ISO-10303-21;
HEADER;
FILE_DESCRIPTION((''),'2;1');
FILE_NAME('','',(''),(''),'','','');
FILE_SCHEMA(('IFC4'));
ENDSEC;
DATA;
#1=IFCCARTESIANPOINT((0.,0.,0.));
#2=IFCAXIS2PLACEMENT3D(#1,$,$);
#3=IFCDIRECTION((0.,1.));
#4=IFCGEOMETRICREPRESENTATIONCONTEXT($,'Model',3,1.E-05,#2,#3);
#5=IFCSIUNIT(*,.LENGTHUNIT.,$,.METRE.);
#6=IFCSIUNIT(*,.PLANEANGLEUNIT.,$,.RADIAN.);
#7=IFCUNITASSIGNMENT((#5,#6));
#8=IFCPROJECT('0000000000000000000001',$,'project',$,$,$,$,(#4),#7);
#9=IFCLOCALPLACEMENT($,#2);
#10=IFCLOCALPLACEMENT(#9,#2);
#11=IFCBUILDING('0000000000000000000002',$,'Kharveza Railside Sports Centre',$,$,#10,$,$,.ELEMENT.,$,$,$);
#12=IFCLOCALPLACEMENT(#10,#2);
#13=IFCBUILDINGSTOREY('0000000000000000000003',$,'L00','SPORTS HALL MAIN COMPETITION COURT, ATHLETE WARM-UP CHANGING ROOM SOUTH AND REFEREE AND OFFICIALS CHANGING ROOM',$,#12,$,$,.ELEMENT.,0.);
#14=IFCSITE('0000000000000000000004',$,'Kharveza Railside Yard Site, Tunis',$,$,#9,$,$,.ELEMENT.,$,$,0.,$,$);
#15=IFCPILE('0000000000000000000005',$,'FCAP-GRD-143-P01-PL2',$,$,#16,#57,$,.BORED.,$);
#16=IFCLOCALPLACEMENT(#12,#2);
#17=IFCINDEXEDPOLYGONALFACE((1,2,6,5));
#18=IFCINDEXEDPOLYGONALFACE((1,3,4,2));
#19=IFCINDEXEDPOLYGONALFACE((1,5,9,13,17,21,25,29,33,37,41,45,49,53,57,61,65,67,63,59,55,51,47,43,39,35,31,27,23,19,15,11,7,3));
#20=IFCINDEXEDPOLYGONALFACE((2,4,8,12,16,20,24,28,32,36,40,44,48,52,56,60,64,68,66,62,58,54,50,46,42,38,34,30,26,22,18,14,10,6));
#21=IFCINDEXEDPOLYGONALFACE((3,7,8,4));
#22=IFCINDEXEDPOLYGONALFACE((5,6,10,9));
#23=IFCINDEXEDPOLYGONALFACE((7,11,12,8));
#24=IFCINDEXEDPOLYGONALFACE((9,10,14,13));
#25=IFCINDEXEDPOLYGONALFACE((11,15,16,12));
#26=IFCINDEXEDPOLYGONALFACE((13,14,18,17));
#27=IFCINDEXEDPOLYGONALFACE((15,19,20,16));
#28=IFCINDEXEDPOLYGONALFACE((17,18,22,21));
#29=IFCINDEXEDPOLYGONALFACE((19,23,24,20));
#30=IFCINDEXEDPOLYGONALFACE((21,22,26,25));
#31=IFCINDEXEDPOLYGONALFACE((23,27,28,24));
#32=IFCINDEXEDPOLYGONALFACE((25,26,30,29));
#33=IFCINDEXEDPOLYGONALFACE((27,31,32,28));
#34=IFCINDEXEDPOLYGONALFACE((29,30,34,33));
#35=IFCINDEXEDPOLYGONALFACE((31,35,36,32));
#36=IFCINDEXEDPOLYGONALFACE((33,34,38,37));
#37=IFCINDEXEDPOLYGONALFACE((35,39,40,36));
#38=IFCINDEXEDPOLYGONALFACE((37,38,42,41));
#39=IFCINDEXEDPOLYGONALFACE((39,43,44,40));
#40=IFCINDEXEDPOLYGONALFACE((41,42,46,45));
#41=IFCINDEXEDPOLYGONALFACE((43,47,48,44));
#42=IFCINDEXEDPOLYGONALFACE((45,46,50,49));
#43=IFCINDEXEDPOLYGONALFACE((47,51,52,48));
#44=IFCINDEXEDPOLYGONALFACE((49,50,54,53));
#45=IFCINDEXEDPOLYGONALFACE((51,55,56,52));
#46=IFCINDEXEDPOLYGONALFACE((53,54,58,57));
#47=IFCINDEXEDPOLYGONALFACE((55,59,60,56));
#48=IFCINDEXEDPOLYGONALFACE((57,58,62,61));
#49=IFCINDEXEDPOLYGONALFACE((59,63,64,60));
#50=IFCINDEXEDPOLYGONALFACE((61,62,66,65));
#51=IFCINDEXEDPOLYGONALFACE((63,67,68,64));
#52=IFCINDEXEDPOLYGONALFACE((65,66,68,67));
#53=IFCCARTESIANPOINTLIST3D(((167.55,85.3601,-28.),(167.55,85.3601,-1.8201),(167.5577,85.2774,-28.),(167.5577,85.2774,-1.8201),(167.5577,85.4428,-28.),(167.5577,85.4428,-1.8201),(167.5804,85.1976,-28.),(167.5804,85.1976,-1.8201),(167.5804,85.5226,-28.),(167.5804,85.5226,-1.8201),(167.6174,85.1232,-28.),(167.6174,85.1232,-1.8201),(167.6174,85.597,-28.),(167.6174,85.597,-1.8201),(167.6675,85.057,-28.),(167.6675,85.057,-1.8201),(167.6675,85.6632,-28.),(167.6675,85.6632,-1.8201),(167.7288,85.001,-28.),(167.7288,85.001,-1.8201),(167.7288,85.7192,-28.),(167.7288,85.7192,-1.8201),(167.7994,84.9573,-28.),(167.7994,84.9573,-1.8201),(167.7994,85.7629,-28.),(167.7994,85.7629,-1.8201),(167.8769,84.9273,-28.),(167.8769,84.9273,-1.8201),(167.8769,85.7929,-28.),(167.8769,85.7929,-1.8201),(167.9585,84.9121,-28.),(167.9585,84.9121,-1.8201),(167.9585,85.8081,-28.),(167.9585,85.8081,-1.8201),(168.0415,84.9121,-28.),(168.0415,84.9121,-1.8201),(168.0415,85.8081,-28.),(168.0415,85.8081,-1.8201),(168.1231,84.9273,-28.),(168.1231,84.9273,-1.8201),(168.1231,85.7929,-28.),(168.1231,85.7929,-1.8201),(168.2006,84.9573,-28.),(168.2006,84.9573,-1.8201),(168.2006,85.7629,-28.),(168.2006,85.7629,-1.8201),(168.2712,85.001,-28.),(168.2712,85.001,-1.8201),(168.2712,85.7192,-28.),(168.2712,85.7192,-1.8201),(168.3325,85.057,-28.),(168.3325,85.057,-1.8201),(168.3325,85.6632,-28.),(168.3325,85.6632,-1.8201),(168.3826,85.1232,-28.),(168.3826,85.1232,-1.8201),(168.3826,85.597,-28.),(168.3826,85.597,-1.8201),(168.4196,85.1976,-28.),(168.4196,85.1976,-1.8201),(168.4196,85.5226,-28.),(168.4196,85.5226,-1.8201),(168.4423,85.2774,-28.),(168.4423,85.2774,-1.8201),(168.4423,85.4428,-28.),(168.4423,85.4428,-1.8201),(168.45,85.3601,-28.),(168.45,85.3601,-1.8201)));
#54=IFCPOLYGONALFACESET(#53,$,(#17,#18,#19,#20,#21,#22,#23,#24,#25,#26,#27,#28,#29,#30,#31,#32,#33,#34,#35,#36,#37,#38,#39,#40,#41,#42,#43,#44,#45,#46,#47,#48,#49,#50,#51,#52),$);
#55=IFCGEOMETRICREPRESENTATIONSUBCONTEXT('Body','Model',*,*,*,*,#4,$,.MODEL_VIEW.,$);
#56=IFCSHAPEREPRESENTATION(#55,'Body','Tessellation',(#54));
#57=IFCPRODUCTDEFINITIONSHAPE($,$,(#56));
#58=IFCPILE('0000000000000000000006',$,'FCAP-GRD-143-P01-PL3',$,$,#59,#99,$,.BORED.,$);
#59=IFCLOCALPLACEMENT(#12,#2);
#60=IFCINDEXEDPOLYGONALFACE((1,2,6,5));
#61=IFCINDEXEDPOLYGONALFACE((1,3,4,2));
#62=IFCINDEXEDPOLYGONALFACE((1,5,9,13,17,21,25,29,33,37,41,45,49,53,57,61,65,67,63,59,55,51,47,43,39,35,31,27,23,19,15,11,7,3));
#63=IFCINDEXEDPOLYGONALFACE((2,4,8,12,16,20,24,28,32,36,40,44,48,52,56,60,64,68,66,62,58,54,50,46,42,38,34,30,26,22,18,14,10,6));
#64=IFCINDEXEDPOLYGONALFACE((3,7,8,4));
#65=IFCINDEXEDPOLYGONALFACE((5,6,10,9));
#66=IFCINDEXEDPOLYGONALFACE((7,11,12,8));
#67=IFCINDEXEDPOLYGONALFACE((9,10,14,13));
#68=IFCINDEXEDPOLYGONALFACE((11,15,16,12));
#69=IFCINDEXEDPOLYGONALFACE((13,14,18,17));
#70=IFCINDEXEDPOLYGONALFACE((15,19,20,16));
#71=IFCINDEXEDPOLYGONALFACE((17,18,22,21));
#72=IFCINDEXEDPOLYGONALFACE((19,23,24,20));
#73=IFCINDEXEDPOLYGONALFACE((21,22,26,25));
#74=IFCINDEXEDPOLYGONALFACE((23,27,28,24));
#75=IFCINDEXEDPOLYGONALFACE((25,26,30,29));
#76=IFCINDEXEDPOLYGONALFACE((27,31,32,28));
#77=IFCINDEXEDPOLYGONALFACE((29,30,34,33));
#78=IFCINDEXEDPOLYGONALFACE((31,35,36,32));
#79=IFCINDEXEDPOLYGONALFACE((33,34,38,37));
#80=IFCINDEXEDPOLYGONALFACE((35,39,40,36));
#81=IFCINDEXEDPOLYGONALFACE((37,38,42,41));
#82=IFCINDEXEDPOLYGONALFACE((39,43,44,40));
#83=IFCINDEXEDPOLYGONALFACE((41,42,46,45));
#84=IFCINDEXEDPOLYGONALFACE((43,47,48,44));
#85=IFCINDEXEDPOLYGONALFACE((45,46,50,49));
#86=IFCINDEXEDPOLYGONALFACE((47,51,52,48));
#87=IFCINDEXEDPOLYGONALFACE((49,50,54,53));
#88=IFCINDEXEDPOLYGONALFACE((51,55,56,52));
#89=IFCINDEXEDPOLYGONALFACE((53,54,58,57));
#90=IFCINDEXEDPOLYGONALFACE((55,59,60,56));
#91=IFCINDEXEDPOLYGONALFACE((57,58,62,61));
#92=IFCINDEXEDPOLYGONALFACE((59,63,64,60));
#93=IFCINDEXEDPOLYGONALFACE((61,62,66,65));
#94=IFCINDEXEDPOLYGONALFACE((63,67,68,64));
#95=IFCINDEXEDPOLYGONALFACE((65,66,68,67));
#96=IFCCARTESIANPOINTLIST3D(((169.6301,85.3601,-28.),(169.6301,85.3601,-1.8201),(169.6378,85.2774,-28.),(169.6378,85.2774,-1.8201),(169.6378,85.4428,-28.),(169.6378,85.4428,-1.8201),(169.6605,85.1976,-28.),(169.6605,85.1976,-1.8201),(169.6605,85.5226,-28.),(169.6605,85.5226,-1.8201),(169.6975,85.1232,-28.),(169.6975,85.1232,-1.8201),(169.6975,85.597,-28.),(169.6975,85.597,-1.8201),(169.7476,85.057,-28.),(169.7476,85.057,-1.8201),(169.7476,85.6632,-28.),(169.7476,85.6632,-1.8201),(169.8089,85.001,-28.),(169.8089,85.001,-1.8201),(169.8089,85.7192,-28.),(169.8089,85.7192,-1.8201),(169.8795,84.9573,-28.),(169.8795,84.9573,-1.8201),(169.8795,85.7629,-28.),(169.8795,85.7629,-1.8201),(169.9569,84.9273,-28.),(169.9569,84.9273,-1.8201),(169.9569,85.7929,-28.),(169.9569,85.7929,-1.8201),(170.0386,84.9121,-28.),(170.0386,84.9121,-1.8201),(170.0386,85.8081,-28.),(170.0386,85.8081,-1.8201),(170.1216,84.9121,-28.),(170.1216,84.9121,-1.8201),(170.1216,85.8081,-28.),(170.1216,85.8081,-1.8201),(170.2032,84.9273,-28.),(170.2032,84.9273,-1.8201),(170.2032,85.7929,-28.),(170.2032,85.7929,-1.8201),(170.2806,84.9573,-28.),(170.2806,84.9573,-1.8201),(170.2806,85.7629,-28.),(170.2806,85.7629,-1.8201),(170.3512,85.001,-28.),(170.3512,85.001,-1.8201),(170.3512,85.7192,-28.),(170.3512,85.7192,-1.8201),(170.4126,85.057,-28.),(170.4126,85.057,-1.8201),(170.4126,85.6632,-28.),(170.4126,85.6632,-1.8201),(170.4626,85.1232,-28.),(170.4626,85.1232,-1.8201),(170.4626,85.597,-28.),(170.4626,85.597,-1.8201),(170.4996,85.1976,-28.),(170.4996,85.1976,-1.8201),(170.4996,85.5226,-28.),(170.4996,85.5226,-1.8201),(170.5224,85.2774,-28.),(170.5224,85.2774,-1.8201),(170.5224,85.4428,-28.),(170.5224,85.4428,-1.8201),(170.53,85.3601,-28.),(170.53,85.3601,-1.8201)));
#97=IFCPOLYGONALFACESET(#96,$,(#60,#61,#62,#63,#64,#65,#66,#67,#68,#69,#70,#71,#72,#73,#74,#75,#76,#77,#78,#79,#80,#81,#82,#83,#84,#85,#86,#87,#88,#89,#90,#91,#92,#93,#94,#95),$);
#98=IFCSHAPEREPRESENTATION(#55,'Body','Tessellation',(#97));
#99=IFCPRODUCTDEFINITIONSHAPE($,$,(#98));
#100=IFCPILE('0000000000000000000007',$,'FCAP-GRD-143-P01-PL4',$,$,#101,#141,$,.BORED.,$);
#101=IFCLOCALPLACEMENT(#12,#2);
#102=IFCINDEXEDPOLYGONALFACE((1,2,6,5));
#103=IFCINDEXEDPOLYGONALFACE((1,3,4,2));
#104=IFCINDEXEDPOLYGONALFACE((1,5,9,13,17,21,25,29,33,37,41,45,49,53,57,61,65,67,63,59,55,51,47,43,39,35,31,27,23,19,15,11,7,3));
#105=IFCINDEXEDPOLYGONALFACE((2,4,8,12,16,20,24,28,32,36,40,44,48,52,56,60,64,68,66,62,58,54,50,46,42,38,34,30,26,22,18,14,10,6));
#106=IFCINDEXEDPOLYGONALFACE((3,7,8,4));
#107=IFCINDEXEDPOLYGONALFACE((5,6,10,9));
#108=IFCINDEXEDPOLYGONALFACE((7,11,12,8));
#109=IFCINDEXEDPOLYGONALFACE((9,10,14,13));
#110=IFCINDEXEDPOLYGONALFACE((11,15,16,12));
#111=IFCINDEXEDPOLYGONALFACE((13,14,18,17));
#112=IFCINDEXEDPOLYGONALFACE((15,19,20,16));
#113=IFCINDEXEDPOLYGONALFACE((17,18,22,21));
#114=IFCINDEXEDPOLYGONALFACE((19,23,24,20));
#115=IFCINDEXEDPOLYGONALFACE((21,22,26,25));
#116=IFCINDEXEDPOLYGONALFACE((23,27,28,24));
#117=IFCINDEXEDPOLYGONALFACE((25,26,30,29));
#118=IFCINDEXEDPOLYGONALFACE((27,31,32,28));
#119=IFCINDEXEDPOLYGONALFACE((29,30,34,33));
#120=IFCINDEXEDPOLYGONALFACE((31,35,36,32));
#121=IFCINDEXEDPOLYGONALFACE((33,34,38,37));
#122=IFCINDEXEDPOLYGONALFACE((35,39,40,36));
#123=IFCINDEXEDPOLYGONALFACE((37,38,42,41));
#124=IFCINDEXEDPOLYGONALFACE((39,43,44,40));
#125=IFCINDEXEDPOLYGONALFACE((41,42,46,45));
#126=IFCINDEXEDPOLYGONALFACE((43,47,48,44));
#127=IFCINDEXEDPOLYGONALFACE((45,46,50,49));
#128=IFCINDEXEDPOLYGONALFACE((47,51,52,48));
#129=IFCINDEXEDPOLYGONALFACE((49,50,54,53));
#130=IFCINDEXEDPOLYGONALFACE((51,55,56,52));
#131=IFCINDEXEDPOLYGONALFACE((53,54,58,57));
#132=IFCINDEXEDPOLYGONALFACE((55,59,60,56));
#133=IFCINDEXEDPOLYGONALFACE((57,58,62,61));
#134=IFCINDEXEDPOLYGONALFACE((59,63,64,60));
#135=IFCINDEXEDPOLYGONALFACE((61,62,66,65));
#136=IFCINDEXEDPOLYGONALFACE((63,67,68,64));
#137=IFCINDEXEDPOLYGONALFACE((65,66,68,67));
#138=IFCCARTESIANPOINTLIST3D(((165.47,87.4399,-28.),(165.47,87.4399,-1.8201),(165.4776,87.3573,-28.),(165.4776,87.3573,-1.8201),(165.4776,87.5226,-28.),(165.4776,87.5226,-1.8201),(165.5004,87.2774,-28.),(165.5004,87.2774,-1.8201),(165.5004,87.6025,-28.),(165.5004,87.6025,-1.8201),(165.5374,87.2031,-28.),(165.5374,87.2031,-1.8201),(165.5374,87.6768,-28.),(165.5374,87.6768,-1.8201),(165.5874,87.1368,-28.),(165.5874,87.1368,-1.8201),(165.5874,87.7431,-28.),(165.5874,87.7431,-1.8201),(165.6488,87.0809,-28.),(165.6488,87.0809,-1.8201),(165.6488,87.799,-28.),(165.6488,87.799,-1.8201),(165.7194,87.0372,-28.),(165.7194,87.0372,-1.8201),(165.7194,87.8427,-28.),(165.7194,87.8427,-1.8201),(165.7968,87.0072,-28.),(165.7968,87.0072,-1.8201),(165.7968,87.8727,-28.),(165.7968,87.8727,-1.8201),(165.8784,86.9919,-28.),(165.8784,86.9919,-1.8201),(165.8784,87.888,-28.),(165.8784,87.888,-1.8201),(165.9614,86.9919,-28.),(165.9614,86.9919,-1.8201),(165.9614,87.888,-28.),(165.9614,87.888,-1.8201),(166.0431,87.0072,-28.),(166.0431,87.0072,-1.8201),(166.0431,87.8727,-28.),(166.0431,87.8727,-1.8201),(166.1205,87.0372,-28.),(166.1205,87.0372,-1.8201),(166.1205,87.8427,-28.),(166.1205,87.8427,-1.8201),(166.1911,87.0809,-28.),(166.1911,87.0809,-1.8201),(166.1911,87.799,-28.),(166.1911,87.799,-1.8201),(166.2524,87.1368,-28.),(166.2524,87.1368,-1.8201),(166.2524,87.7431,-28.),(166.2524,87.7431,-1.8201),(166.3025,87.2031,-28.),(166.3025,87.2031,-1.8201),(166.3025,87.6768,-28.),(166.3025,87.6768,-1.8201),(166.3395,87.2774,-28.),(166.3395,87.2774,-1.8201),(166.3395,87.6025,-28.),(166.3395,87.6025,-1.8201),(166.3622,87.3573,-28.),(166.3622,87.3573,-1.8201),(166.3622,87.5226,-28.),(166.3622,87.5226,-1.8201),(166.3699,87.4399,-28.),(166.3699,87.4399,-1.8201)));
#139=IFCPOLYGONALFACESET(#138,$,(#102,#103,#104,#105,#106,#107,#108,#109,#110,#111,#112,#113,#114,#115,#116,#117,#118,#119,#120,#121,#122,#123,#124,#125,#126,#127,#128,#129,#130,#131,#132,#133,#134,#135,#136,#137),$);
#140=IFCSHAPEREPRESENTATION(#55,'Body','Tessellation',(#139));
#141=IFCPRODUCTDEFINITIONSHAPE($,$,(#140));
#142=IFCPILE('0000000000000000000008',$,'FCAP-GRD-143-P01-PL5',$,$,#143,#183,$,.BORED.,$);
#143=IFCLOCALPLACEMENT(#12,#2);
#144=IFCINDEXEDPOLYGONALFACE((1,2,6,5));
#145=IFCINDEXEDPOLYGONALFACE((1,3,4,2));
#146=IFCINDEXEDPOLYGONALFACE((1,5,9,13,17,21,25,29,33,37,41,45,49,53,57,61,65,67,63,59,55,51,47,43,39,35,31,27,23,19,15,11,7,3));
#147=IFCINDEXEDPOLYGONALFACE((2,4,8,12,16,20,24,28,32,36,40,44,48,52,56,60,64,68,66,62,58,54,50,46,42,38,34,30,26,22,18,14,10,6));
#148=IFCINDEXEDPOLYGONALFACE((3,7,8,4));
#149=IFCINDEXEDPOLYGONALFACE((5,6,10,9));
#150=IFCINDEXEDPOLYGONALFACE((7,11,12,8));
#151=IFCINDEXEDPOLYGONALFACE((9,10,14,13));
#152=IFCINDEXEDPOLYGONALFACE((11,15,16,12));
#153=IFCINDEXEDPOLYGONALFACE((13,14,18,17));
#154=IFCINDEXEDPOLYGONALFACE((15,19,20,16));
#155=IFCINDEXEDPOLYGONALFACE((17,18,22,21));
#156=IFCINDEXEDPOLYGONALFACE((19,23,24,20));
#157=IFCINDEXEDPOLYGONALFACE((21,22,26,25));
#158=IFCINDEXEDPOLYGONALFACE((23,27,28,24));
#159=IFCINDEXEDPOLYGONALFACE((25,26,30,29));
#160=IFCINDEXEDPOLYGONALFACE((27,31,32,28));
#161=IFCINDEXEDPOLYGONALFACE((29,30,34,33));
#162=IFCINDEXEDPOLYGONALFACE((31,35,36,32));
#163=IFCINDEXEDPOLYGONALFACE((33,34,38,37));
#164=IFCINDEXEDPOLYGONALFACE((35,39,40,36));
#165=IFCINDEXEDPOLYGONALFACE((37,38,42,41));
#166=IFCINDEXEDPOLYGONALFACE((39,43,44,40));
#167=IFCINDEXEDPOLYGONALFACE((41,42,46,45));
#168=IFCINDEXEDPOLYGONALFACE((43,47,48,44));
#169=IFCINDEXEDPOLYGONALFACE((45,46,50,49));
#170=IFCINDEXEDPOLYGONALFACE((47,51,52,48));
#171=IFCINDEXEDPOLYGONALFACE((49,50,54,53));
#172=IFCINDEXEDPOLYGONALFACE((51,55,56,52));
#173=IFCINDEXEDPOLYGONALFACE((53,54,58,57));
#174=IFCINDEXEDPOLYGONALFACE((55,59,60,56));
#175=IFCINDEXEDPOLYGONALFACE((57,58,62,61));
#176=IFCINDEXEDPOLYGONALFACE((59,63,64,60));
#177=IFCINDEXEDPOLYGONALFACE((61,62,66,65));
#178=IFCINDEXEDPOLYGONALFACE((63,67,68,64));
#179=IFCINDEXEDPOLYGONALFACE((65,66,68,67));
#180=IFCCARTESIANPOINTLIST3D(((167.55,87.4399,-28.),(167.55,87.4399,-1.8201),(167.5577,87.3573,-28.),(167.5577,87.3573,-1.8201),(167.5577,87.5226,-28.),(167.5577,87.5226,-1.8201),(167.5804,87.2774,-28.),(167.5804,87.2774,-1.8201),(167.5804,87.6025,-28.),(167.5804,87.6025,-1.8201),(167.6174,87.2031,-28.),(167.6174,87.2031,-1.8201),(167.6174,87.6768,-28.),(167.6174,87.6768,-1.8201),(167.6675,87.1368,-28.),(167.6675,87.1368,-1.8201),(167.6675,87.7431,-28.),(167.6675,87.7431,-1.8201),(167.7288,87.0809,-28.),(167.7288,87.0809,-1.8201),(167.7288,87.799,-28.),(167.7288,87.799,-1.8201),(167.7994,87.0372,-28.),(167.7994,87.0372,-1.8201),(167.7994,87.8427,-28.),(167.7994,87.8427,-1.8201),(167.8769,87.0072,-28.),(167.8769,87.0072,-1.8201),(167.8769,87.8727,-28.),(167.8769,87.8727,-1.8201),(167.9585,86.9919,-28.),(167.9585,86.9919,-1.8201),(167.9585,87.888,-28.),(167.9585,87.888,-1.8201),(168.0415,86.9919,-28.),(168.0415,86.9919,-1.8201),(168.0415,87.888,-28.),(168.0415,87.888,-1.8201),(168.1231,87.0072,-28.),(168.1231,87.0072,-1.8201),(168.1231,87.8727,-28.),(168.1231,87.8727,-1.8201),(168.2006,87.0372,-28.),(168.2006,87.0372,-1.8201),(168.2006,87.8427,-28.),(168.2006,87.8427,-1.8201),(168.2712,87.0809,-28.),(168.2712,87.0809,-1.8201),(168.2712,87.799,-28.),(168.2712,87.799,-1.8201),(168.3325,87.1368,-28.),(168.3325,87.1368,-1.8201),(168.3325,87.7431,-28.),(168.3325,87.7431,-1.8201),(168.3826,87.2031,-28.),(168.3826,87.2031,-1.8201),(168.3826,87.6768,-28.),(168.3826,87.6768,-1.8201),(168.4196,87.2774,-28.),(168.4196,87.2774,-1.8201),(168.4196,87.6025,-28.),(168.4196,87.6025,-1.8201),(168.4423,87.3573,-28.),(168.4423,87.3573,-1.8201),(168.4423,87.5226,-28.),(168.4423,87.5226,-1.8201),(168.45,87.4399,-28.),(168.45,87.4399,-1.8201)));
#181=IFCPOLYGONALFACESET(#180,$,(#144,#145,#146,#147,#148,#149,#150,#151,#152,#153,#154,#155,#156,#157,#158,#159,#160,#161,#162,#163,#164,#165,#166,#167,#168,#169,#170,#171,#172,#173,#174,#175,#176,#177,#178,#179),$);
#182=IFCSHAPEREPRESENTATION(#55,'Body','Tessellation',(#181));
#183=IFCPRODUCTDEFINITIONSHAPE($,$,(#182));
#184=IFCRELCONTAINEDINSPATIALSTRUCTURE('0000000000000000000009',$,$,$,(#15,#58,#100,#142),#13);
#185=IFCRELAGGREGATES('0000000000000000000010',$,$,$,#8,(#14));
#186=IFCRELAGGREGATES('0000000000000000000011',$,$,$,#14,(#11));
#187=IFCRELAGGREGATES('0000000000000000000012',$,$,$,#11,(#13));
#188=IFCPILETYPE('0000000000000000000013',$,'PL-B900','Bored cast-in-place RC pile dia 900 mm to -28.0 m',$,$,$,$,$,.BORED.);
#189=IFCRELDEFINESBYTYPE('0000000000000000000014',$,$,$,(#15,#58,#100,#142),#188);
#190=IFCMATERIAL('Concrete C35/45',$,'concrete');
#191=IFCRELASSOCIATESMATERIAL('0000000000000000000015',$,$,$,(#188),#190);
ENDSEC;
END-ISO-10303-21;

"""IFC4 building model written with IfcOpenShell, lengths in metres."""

from ifc_helpers import new_model, si_unit, direction, frame, origin, origin_2d, place, context, subcontext, project, spatial, circle, extrude, material, material_profile, profile_set, type_object, element, save


model = new_model("IFC4")

# Units and contexts
model_context = context("Model", 3, precision=1e-05, world=origin(), true_north=direction((0.0, 1.0)))
body_context = subcontext(model_context, "Body", "Model", "MODEL_VIEW")
ifc_project = project(units=[si_unit("LENGTHUNIT", "METRE"), si_unit("PLANEANGLEUNIT", "RADIAN")], contexts=[model_context])

# Site, building, storey
site_placement = place(None, origin())
site = spatial("IfcSite", under=ifc_project, at=site_placement, Name="Kharveza Railside Yard Site, Tunis", CompositionType="ELEMENT", RefElevation=0.0)
building_placement = place(site_placement, origin())
building = spatial("IfcBuilding", under=site, at=building_placement, Name="Kharveza Railside Sports Centre", CompositionType="ELEMENT")
storey_placement = place(building_placement, origin())
storey = spatial("IfcBuildingStorey", under=building, at=storey_placement, Name="L00", Description="SPORTS HALL MAIN COMPETITION COURT, ATHLETE WARM-UP CHANGING ROOM SOUTH AND REFEREE AND OFFICIALS CHANGING ROOM", CompositionType="ELEMENT", Elevation=0.0)

# Shared definitions
ifc_material_1 = material(Name="Concrete C35/45", Category="concrete")

# Piles
ifc_material_profile_1 = material_profile(ifc_material_1, circle(Radius=0.45, at=origin_2d()), Name="PILE D900")
ifc_profile_set_1 = profile_set([ifc_material_profile_1], Name="Concrete C35/45")
pile_type_1 = type_object("IfcPileType", Name="PL-B900", Description="Bored cast-in-place RC pile dia 900 mm to -28.0 m", PredefinedType="BORED", material=ifc_profile_set_1)
for number, where, z_axis, x_axis, name in (
    (1, (168.0, 85.3601, -1.8201), (0.0, 0.0, -1.0), (1.0, 0.0, 0.0), "FCAP-GRD-143-P01-PL2"),
    (2, (170.0801, 85.3601, -1.8201), (0.0, 0.0, -1.0), (1.0, 0.0, 0.0), "FCAP-GRD-143-P01-PL3"),
    (3, (165.9199, 87.4399, -1.8201), (0.0, 0.0, -1.0), (1.0, 0.0, 0.0), "FCAP-GRD-143-P01-PL4"),
    (4, (168.0, 87.4399, -1.8201), (0.0, 0.0, -1.0), (1.0, 0.0, 0.0), "FCAP-GRD-143-P01-PL5"),
):
    element("IfcPile", number, at=place(storey_placement, frame(where, z_axis=z_axis, x_axis=x_axis)), inside=storey, type_object=pile_type_1, Name=name, PredefinedType="BORED", context=body_context, shape_type="SweptSolid", body=[
        extrude(circle(Radius=0.45, at=origin_2d()), origin(), (0.0, 0.0, 1.0), 26.1799),
    ])

save(model, "model.ifc")
